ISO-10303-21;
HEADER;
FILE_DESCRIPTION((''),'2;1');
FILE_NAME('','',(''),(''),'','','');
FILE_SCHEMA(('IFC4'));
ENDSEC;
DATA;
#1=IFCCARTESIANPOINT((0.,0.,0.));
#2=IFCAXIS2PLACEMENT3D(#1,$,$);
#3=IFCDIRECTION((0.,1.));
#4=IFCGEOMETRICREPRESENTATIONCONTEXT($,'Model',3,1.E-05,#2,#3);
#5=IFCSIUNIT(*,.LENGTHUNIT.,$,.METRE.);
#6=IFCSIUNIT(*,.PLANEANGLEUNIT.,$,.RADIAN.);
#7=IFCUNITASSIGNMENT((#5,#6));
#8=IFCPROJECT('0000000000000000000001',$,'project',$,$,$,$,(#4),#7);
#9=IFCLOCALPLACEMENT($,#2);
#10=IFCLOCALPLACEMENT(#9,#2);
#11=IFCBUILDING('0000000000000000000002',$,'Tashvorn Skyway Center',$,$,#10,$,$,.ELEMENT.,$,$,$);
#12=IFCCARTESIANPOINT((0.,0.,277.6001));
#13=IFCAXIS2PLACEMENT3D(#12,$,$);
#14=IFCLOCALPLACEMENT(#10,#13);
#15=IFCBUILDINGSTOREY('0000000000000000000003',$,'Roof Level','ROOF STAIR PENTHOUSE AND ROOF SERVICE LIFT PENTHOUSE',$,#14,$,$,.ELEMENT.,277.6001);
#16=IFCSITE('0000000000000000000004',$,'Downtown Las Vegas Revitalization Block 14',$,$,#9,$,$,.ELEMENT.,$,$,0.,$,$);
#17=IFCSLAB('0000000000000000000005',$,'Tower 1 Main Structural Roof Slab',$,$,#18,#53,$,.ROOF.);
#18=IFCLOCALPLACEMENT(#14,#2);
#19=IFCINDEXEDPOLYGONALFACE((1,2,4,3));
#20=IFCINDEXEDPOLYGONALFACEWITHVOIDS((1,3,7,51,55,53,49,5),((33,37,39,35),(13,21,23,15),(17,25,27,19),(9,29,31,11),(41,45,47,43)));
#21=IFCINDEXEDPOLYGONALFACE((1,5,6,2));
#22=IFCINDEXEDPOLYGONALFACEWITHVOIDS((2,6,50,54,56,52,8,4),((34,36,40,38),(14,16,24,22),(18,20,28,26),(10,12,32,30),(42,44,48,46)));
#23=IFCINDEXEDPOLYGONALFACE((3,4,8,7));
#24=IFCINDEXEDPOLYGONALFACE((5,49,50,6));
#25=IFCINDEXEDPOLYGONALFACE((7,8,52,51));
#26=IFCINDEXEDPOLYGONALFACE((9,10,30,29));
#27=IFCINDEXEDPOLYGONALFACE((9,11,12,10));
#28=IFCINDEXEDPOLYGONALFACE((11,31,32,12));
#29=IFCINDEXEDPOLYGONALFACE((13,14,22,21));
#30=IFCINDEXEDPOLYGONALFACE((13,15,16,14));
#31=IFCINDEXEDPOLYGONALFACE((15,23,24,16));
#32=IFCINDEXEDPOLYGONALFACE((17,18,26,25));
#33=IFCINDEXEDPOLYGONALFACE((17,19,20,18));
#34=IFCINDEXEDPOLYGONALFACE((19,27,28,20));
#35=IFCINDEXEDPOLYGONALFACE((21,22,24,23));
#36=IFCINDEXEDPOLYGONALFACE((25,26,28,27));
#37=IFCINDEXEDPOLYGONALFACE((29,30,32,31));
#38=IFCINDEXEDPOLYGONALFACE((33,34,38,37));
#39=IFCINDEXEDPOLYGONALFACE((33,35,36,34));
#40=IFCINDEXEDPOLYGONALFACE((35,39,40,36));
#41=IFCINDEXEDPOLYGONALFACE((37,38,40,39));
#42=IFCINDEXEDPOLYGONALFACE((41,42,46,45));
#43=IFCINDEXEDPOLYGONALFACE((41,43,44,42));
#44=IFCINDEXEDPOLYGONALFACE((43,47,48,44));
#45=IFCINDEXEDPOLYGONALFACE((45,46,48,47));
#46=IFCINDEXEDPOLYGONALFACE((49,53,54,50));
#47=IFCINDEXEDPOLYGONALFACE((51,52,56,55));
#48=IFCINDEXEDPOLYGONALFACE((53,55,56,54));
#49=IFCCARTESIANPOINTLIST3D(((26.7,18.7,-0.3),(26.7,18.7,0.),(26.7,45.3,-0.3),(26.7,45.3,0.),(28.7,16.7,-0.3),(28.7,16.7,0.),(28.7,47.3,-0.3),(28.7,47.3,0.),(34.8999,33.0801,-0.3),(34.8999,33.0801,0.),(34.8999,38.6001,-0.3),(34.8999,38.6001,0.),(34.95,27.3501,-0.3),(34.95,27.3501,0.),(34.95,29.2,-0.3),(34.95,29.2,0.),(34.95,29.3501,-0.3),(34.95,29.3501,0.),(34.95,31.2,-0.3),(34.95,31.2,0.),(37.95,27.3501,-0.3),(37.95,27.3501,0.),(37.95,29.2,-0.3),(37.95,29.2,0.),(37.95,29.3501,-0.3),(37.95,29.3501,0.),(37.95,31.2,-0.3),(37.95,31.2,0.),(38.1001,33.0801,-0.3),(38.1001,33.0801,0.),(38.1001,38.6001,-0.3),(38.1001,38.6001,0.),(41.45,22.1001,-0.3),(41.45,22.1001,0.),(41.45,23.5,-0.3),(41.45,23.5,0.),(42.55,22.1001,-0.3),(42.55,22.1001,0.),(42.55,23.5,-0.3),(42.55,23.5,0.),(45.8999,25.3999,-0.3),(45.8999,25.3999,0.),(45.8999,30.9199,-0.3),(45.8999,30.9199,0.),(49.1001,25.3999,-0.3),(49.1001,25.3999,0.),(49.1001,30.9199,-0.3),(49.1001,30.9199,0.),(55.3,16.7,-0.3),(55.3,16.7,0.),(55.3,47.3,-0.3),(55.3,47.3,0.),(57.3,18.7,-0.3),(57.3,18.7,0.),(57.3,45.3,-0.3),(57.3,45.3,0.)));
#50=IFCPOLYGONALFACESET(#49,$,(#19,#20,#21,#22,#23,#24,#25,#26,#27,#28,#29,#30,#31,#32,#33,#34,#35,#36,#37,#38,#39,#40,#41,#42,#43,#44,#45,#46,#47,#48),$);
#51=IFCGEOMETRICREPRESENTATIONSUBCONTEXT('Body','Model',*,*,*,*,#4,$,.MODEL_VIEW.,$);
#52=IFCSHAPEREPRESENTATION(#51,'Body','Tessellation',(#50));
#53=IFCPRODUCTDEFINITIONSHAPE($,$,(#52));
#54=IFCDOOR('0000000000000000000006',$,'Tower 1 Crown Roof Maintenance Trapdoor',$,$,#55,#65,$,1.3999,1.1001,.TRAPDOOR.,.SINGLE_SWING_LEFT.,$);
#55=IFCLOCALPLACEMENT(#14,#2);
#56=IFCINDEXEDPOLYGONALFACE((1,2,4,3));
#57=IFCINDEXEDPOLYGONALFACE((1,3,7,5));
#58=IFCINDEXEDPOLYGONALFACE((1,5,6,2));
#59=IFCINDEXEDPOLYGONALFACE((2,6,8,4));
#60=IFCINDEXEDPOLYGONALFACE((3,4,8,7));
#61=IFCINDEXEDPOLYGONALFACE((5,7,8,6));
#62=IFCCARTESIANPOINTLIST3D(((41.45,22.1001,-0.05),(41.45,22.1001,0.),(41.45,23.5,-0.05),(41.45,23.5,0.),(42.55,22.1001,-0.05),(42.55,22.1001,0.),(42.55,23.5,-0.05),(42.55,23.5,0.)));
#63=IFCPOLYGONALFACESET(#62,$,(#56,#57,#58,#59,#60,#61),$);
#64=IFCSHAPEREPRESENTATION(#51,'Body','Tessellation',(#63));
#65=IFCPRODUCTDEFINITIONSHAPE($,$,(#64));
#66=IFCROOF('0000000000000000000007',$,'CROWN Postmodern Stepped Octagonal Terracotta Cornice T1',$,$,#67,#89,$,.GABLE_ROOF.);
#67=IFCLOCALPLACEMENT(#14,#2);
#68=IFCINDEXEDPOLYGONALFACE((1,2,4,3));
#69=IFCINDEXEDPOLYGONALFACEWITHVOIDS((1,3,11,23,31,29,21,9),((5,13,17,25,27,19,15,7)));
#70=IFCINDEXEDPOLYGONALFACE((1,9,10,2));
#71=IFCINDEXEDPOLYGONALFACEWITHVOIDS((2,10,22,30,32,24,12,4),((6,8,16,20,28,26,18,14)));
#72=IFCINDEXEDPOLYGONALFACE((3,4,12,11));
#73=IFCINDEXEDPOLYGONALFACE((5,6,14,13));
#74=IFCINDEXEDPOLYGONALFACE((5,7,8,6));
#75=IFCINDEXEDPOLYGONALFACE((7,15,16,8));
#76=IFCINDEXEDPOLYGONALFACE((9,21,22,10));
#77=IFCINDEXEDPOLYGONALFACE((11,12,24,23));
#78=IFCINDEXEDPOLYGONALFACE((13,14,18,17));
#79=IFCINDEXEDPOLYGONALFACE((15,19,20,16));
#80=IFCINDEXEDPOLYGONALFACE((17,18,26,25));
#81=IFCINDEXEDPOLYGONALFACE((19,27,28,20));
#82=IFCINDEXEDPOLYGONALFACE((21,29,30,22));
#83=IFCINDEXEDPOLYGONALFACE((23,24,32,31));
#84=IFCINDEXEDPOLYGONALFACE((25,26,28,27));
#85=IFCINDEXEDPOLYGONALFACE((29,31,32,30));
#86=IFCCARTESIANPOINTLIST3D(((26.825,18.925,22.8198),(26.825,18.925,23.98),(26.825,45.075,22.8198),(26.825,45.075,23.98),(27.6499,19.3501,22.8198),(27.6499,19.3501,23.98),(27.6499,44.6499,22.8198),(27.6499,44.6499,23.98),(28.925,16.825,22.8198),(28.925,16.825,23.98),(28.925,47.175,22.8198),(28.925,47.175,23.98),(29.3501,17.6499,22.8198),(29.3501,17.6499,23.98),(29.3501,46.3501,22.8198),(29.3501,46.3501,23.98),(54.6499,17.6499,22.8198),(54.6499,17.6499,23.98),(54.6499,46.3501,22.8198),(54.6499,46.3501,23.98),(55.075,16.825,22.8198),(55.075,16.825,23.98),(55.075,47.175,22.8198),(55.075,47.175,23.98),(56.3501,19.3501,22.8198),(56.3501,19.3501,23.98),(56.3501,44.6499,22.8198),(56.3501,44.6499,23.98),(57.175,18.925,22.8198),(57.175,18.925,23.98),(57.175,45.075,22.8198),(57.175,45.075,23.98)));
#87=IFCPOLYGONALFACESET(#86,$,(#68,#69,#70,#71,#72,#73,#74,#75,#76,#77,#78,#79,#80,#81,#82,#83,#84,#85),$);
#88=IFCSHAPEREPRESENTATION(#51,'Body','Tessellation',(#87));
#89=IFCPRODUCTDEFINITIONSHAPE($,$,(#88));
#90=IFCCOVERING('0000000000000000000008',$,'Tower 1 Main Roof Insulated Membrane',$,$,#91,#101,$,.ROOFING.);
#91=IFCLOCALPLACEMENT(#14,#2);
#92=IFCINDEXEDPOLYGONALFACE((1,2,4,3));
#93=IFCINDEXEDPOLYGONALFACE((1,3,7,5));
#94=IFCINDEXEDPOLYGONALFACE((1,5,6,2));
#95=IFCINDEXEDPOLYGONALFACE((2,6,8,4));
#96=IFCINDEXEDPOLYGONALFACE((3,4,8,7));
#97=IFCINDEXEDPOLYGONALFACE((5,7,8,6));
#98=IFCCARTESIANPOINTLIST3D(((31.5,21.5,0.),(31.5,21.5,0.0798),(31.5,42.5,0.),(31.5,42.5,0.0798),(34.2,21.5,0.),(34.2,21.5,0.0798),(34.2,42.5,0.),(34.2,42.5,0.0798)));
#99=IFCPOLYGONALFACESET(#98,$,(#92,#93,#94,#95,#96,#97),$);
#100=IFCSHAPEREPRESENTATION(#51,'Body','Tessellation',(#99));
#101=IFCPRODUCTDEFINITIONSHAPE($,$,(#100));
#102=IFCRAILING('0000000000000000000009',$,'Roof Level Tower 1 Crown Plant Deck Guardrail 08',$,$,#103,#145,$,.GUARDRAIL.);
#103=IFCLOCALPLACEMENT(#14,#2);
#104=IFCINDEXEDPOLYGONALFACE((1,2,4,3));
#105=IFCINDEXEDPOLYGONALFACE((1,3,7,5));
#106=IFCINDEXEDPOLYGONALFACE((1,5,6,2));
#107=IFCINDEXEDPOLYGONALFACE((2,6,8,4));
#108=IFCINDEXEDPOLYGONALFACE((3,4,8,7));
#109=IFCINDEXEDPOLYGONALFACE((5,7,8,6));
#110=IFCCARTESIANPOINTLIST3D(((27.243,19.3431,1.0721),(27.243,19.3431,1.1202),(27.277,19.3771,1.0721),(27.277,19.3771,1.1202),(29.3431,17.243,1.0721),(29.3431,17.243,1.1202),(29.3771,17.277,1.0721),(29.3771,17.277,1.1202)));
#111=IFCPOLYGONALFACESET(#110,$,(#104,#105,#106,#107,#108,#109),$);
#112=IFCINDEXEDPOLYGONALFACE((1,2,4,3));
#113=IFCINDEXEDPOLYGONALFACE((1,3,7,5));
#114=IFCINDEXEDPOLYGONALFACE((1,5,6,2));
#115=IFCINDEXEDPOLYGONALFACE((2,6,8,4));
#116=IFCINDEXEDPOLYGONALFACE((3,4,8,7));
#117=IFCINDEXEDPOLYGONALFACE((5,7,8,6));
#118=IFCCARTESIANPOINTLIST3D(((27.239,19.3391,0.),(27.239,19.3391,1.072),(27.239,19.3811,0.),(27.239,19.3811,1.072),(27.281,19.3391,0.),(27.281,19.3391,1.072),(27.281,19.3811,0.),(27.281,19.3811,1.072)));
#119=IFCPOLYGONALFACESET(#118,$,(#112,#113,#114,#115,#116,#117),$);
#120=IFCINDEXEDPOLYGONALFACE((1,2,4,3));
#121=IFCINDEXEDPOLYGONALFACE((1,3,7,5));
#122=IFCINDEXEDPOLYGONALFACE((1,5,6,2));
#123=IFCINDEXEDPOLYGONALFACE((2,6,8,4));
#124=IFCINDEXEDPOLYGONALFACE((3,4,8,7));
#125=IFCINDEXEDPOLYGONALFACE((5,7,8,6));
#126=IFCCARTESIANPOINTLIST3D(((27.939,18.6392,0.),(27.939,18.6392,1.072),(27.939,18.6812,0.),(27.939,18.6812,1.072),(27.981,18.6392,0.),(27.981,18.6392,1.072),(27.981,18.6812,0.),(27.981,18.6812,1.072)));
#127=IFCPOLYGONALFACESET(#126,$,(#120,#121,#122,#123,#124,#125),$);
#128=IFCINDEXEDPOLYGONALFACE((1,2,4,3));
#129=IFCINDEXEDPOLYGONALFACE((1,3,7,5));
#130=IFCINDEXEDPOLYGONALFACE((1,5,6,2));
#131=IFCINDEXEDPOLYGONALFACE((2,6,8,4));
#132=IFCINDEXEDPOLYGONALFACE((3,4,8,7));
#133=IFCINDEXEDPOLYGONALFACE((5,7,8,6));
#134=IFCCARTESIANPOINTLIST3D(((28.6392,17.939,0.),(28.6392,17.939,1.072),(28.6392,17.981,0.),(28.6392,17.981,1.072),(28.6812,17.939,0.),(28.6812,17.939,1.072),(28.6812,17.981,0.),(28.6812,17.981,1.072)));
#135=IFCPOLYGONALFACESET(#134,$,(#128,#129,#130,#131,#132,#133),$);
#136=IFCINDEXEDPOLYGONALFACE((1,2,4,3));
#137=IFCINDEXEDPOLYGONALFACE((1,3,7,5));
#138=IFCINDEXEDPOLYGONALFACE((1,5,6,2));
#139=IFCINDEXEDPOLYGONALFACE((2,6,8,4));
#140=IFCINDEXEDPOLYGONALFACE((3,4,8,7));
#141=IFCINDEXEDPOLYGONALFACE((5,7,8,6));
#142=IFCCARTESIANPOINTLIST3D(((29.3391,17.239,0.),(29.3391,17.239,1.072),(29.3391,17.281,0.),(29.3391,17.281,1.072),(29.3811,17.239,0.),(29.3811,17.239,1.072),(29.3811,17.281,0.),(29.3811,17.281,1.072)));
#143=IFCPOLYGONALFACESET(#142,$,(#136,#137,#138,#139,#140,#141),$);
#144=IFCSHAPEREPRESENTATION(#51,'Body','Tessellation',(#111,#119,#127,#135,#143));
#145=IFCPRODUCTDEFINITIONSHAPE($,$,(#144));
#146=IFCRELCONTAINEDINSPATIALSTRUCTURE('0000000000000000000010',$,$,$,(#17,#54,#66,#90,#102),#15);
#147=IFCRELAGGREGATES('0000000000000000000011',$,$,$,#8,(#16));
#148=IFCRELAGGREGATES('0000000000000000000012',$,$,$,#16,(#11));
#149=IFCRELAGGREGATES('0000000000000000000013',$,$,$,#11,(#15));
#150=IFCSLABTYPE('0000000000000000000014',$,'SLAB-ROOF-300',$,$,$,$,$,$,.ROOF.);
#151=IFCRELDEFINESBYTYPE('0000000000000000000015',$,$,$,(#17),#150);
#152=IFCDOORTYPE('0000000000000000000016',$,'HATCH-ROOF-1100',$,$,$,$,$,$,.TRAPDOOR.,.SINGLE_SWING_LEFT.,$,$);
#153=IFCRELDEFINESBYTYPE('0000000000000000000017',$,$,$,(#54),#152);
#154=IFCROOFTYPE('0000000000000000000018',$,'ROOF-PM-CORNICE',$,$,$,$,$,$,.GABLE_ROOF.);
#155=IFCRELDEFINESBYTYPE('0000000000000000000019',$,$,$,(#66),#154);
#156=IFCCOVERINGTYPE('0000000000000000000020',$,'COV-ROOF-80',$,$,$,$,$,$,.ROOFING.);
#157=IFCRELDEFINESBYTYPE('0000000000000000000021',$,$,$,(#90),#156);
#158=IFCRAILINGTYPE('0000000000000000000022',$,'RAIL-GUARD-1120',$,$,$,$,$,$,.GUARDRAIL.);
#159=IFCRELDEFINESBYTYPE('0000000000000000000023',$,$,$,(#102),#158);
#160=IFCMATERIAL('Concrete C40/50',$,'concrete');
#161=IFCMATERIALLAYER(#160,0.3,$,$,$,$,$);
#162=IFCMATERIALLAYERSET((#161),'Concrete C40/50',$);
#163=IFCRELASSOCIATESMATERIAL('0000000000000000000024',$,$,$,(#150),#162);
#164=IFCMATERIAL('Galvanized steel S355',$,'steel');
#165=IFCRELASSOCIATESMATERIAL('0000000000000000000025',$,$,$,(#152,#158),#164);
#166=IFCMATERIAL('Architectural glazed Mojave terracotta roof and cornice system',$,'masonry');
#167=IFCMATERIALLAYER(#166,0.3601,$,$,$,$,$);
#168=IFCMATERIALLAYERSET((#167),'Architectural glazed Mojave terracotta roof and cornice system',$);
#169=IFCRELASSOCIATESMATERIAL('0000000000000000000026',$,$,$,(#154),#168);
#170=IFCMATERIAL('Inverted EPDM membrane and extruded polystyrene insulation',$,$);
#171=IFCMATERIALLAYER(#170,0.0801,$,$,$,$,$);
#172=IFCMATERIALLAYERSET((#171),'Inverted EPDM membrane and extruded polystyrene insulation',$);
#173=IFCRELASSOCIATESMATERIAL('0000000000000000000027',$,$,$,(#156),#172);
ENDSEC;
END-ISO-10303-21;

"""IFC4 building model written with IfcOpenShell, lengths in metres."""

from ifc_helpers import new_model, si_unit, direction, frame, origin, origin_2d, place, context, subcontext, project, spatial, polyline, rectangle, outline, extrude, material, layer, layer_set, type_object, element, fill, save


model = new_model("IFC4")

# Units and contexts
model_context = context("Model", 3, precision=1e-05, world=origin(), true_north=direction((0.0, 1.0)))
body_context = subcontext(model_context, "Body", "Model", "MODEL_VIEW")
ifc_project = project(units=[si_unit("LENGTHUNIT", "METRE"), si_unit("PLANEANGLEUNIT", "RADIAN")], contexts=[model_context])

# Site, building, storey
site_placement = place(None, origin())
site = spatial("IfcSite", under=ifc_project, at=site_placement, Name="Downtown Las Vegas Revitalization Block 14", CompositionType="ELEMENT", RefElevation=0.0)
building_placement = place(site_placement, origin())
building = spatial("IfcBuilding", under=site, at=building_placement, Name="Tashvorn Skyway Center", CompositionType="ELEMENT")
storey_placement = place(building_placement, frame((0.0, 0.0, 277.6001)))
storey = spatial("IfcBuildingStorey", under=building, at=storey_placement, Name="Roof Level", Description="ROOF STAIR PENTHOUSE AND ROOF SERVICE LIFT PENTHOUSE", CompositionType="ELEMENT", Elevation=277.6001)

# Shared definitions
ifc_material_1 = material(Name="Concrete C40/50", Category="concrete")

# Slab, opening, door
ifc_layer_1 = layer(ifc_material_1, 0.3)
ifc_layer_set_1 = layer_set([ifc_layer_1], Name="Concrete C40/50")
slab_type_1 = type_object("IfcSlabType", Name="SLAB-ROOF-300", PredefinedType="ROOF", material=ifc_layer_set_1)
slab_1_placement = place(storey_placement, frame((0.0, 0.0, -0.3)))
slab_1 = element("IfcSlab", 1, at=slab_1_placement, inside=storey, type_object=slab_type_1, Name="Tower 1 Main Structural Roof Slab", PredefinedType="ROOF", context=body_context, shape_type="SweptSolid", body=[
    extrude(outline(polyline([(28.7, 16.7), (55.3, 16.7), (57.3, 18.7), (57.3, 45.3), (55.3, 47.3), (28.7, 47.3), (26.7, 45.3), (26.7, 18.7), (28.7, 16.7)]), holes=[polyline([(38.1001, 33.0801), (38.1001, 38.6001), (34.8999, 38.6001), (34.8999, 33.0801), (38.1001, 33.0801)]), polyline([(45.8999, 30.9199), (45.8999, 25.3999), (49.1001, 25.3999), (49.1001, 30.9199), (45.8999, 30.9199)]), polyline([(34.95, 29.3501), (37.95, 29.3501), (37.95, 31.2), (34.95, 31.2), (34.95, 29.3501)]), polyline([(34.95, 27.3501), (37.95, 27.3501), (37.95, 29.2), (34.95, 29.2), (34.95, 27.3501)])]), origin(), (0.0, 0.0, 1.0), 0.3),
])
opening_placement = place(slab_1_placement, frame((42.0, 22.8, 0.0)))
opening = element("IfcOpeningElement", 2, at=opening_placement, cuts=slab_1, PredefinedType="OPENING", context=body_context, shape_type="SweptSolid", body=[
    extrude(rectangle(XDim=1.1001, YDim=1.3999, at=origin_2d()), origin(), (0.0, 0.0, 1.0), 0.3),
])
ifc_material_2 = material(Name="Galvanized steel S355", Category="steel")
door_type = type_object("IfcDoorType", Name="HATCH-ROOF-1100", OperationType="SINGLE_SWING_LEFT", PredefinedType="TRAPDOOR", material=ifc_material_2)
door_placement = place(opening_placement, frame((0.0, 0.0, 0.25)))
door = element("IfcDoor", 3, at=door_placement, inside=storey, type_object=door_type, Name="Tower 1 Crown Roof Maintenance Trapdoor", OperationType="SINGLE_SWING_LEFT", OverallHeight=1.3999, OverallWidth=1.1001, PredefinedType="TRAPDOOR", context=body_context, shape_type="SweptSolid", body=[
    extrude(rectangle(XDim=1.1001, YDim=1.3999, at=origin_2d()), origin(), (0.0, 0.0, 1.0), 0.05),
])
fill(opening, door)

# Roof
ifc_material_3 = material(Name="Architectural glazed Mojave terracotta roof and cornice system", Category="masonry")
ifc_layer_2 = layer(ifc_material_3, 0.3601)
ifc_layer_set_2 = layer_set([ifc_layer_2], Name="Architectural glazed Mojave terracotta roof and cornice system")
roof_type = type_object("IfcRoofType", Name="ROOF-PM-CORNICE", PredefinedType="GABLE_ROOF", material=ifc_layer_set_2)
roof_placement = place(storey_placement, frame((0.0, 0.0, 22.8198)))
element("IfcRoof", 4, at=roof_placement, inside=storey, type_object=roof_type, Name="CROWN Postmodern Stepped Octagonal Terracotta Cornice T1", PredefinedType="GABLE_ROOF", context=body_context, shape_type="SweptSolid", body=[
    extrude(outline(polyline([(28.925, 16.825), (55.075, 16.825), (57.175, 18.925), (57.175, 45.075), (55.075, 47.175), (28.925, 47.175), (26.825, 45.075), (26.825, 18.925), (28.925, 16.825)]), holes=[polyline([(29.3501, 17.6499), (54.6499, 17.6499), (56.3501, 19.3501), (56.3501, 44.6499), (54.6499, 46.3501), (29.3501, 46.3501), (27.6499, 44.6499), (27.6499, 19.3501), (29.3501, 17.6499)])]), origin(), (0.0, 0.0, 1.0), 1.1602),
])

# Covering
ifc_material_4 = material(Name="Inverted EPDM membrane and extruded polystyrene insulation")
ifc_layer_3 = layer(ifc_material_4, 0.0801)
ifc_layer_set_3 = layer_set([ifc_layer_3], Name="Inverted EPDM membrane and extruded polystyrene insulation")
covering_type = type_object("IfcCoveringType", Name="COV-ROOF-80", PredefinedType="ROOFING", material=ifc_layer_set_3)
covering_placement = place(storey_placement, origin())
element("IfcCovering", 5, at=covering_placement, inside=storey, type_object=covering_type, Name="Tower 1 Main Roof Insulated Membrane", PredefinedType="ROOFING", context=body_context, shape_type="SweptSolid", body=[
    extrude(outline(polyline([(31.5, 21.5), (34.2, 21.5), (34.2, 42.5), (31.5, 42.5), (31.5, 21.5)])), origin(), (0.0, 0.0, 1.0), 0.0798),
])

# Railing
railing_type = type_object("IfcRailingType", Name="RAIL-GUARD-1120", PredefinedType="GUARDRAIL", material=ifc_material_2)
railing_placement = place(storey_placement, frame((27.26, 19.3601, 0.0)))
element("IfcRailing", 6, at=railing_placement, inside=storey, type_object=railing_type, Name="Roof Level Tower 1 Crown Plant Deck Guardrail 08", PredefinedType="GUARDRAIL", context=body_context, shape_type="SweptSolid", body=[
    extrude(rectangle(XDim=0.0481, YDim=0.0481, at=origin_2d()), frame((0.0, 0.0, 1.0962), z_axis=(0.707107, -0.707107, 0.0), x_axis=(0.707107, 0.707107, 0.0)), (0.0, 0.0, 1.0), 2.97),
    extrude(rectangle(XDim=0.042, YDim=0.042, at=origin_2d()), origin(), (0.0, 0.0, 1.0), 1.072),
    extrude(rectangle(XDim=0.042, YDim=0.042, at=origin_2d()), frame((0.7, -0.7, 0.0)), (0.0, 0.0, 1.0), 1.072),
    extrude(rectangle(XDim=0.042, YDim=0.042, at=origin_2d()), frame((1.4001, -1.4001, 0.0)), (0.0, 0.0, 1.0), 1.072),
    extrude(rectangle(XDim=0.042, YDim=0.042, at=origin_2d()), frame((2.1001, -2.1001, 0.0)), (0.0, 0.0, 1.0), 1.072),
])

save(model, "model.ifc")
